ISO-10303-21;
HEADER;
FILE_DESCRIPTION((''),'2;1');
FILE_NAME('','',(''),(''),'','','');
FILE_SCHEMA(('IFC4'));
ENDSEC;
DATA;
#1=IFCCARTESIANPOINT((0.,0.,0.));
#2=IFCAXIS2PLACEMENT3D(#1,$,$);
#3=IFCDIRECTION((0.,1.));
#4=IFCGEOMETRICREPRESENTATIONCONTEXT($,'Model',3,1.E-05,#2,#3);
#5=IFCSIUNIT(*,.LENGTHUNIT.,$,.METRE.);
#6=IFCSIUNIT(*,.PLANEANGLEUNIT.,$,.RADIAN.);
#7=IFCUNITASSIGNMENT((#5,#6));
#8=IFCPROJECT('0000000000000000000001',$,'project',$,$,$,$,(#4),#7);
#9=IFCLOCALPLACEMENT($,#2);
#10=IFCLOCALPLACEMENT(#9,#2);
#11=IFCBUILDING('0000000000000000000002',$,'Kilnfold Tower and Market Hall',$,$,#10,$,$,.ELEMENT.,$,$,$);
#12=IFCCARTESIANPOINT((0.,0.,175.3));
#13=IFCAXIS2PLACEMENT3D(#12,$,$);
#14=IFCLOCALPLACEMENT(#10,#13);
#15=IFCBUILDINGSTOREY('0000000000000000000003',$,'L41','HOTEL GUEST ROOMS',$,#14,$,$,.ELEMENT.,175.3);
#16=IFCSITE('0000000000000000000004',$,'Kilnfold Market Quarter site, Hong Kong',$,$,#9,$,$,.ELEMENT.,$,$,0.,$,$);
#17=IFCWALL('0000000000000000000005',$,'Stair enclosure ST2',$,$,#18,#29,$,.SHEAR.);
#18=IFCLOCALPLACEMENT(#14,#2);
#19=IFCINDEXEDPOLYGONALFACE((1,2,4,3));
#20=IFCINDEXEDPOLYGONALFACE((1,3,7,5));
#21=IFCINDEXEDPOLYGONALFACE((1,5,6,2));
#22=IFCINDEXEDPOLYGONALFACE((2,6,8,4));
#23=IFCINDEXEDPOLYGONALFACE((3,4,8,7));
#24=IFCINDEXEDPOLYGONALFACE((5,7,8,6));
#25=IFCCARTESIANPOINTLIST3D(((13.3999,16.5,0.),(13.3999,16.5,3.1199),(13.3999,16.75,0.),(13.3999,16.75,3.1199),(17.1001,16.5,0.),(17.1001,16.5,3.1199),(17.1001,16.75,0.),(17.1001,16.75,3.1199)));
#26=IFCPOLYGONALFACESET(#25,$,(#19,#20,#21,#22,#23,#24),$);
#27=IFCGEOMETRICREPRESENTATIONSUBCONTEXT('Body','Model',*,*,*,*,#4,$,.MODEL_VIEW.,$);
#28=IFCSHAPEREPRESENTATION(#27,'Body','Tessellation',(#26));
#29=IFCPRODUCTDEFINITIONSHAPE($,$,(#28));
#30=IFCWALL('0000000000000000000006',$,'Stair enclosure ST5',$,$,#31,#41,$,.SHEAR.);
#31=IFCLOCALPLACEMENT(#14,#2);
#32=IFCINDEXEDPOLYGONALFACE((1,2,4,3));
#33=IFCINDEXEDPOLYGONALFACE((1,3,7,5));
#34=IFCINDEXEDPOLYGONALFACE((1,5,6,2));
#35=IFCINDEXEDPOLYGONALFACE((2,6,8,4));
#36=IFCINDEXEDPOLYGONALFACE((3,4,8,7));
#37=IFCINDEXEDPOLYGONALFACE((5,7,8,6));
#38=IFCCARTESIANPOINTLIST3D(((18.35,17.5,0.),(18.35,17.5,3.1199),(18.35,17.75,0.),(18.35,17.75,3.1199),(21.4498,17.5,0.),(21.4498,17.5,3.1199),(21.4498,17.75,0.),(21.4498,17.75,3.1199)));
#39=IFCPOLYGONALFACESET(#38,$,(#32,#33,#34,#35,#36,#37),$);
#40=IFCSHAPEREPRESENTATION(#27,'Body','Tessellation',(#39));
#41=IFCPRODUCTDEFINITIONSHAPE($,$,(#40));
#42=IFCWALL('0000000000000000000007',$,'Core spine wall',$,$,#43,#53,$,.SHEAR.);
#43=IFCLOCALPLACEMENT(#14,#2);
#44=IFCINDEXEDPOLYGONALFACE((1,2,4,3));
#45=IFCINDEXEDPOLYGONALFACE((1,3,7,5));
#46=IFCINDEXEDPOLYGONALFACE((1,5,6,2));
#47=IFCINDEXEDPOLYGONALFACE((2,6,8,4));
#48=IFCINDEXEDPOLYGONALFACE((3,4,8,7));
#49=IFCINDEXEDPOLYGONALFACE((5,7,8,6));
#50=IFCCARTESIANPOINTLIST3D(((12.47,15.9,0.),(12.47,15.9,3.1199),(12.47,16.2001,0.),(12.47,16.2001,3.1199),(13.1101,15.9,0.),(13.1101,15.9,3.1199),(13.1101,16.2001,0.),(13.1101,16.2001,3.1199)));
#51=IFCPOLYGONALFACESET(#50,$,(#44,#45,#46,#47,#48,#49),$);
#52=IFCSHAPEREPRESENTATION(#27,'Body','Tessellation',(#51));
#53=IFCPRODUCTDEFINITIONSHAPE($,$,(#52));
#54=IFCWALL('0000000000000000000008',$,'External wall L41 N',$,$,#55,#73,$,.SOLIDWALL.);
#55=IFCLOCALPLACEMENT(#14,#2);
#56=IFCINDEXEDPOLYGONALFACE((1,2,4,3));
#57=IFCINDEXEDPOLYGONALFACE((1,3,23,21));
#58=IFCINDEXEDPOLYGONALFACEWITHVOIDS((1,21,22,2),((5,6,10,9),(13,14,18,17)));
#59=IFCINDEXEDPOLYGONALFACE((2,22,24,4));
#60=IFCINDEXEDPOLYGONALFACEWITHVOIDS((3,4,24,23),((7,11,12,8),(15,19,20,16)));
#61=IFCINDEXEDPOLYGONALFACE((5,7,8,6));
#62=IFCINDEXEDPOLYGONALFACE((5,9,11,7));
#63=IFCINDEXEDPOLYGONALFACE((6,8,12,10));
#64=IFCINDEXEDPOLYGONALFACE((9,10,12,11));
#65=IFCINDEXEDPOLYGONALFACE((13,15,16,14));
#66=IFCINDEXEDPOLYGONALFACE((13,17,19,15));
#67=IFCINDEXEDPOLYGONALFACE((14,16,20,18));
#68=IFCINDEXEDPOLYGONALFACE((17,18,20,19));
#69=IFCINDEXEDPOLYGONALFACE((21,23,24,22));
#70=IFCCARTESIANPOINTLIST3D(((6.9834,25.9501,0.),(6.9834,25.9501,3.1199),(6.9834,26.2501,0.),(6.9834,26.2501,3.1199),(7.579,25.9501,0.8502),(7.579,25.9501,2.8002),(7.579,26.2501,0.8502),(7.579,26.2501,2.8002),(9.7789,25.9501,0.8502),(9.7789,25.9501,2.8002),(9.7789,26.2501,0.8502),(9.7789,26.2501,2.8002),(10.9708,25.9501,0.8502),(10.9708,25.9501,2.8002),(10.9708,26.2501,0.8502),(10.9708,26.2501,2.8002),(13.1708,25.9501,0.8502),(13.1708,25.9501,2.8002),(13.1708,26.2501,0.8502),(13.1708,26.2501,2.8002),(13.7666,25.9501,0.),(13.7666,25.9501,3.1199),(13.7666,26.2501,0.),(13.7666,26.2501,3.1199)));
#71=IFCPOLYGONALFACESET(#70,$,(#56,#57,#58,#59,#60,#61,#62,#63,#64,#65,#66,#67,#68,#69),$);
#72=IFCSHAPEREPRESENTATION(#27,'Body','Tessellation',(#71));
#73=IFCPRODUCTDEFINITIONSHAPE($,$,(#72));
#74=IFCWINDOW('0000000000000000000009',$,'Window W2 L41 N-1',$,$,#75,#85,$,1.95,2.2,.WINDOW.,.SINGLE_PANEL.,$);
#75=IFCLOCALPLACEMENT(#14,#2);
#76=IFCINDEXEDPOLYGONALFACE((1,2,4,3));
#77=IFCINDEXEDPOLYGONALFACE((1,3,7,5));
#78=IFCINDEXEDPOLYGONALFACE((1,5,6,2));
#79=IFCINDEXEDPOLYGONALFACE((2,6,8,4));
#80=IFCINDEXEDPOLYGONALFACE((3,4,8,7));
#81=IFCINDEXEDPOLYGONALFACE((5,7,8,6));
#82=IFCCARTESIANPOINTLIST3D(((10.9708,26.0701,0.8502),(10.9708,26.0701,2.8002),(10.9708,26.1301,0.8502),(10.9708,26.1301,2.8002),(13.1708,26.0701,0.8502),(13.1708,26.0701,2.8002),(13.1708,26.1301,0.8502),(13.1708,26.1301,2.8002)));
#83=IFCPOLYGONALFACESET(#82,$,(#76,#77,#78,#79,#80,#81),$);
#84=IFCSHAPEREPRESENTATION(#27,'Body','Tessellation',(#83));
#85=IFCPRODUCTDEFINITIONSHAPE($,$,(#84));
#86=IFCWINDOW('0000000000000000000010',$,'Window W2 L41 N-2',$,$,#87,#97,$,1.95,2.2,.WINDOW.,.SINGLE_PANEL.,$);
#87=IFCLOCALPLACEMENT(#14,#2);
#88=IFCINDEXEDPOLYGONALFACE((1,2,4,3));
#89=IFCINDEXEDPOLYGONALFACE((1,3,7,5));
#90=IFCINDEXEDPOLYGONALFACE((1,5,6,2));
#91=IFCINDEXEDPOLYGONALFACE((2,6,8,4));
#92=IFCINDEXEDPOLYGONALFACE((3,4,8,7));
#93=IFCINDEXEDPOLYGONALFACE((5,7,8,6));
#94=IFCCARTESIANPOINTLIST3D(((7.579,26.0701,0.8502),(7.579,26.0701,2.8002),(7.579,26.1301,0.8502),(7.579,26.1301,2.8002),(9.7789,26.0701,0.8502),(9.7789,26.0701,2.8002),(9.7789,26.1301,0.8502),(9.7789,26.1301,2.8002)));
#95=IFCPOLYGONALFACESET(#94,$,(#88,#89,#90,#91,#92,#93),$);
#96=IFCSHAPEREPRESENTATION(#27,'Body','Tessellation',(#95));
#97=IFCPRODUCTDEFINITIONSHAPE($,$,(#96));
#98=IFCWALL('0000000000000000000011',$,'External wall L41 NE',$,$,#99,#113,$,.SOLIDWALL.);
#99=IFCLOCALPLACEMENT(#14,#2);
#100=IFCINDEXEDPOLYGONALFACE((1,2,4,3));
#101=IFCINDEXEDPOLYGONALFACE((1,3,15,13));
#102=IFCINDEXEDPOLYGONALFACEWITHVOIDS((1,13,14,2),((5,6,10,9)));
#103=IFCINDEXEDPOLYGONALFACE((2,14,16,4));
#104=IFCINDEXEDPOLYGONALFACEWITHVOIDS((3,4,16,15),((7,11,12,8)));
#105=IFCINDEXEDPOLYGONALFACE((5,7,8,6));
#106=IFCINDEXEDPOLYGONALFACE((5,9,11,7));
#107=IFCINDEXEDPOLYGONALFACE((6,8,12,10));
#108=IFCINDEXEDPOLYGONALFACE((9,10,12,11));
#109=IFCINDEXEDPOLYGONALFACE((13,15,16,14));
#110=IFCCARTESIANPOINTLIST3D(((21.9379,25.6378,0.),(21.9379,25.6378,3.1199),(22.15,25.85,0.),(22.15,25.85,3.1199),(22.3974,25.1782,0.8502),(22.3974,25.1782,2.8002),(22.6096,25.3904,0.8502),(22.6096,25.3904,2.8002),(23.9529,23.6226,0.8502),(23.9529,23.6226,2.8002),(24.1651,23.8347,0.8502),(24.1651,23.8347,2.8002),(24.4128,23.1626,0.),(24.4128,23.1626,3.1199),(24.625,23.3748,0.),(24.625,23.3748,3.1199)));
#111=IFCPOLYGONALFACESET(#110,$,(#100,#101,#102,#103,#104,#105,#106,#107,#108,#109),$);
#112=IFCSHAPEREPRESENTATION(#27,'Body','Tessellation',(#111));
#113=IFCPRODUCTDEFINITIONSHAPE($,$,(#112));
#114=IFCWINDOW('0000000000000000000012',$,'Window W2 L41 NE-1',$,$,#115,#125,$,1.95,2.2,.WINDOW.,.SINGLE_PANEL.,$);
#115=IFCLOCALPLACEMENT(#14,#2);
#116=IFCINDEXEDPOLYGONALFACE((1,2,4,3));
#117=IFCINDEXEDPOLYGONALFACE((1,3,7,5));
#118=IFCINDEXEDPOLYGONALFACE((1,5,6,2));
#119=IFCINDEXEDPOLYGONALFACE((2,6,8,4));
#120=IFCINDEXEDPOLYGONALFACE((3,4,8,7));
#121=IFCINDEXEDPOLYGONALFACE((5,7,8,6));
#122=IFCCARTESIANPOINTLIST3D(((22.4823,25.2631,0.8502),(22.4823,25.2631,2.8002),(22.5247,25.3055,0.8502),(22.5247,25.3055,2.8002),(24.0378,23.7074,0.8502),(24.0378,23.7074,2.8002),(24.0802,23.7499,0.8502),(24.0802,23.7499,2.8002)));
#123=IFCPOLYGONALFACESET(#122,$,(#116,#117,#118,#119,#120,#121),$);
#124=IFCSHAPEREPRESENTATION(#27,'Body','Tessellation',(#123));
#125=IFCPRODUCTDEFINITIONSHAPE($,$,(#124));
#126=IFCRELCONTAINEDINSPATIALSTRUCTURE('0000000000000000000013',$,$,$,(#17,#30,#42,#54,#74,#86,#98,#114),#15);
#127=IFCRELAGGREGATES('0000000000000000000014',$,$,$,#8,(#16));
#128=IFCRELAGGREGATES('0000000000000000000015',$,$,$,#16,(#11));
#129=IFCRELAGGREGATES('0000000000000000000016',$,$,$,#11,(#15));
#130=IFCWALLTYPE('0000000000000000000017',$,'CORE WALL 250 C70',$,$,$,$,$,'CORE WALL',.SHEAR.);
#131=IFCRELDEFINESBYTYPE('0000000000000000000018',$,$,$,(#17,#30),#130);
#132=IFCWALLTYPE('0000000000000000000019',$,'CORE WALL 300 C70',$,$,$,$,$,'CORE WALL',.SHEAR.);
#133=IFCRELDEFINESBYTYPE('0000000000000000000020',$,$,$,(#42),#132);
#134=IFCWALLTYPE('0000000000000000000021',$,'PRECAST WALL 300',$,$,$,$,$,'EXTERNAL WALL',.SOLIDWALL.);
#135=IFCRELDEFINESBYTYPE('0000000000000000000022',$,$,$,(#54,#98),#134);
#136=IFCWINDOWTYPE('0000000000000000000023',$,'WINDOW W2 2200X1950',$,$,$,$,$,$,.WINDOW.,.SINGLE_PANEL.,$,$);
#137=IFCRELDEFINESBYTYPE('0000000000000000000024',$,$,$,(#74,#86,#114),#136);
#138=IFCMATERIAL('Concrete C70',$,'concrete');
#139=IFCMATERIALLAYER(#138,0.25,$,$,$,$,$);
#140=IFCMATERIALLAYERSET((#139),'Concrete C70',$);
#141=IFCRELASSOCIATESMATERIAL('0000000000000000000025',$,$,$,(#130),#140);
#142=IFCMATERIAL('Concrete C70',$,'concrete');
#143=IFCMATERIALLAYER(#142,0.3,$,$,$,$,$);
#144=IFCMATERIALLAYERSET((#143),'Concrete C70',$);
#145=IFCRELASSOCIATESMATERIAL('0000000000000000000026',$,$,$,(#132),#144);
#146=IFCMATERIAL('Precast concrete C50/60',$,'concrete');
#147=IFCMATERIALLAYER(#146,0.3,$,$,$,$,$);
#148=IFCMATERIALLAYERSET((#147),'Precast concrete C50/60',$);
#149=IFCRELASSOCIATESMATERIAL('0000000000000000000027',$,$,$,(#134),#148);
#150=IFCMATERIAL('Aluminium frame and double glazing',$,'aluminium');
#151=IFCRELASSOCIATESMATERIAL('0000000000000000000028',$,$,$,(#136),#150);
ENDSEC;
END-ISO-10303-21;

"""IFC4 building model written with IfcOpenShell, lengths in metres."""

from ifc_helpers import new_model, si_unit, direction, frame, frame_2d, origin, place, context, subcontext, project, spatial, rectangle, extrude, source, transform, mapped, material, layer, layer_set, type_object, element, fill, save


model = new_model("IFC4")

# Units and contexts
model_context = context("Model", 3, precision=1e-05, world=origin(), true_north=direction((0.0, 1.0)))
body_context = subcontext(model_context, "Body", "Model", "MODEL_VIEW")
ifc_project = project(units=[si_unit("LENGTHUNIT", "METRE"), si_unit("PLANEANGLEUNIT", "RADIAN")], contexts=[model_context])

# Site, building, storey
site_placement = place(None, origin())
site = spatial("IfcSite", under=ifc_project, at=site_placement, Name="Kilnfold Market Quarter site, Hong Kong", CompositionType="ELEMENT", RefElevation=0.0)
building_placement = place(site_placement, origin())
building = spatial("IfcBuilding", under=site, at=building_placement, Name="Kilnfold Tower and Market Hall", CompositionType="ELEMENT")
storey_placement = place(building_placement, frame((0.0, 0.0, 175.3)))
storey = spatial("IfcBuildingStorey", under=building, at=storey_placement, Name="L41", Description="HOTEL GUEST ROOMS", CompositionType="ELEMENT", Elevation=175.3)

# Walls
ifc_material_1 = material(Name="Concrete C70", Category="concrete")
ifc_layer_1 = layer(ifc_material_1, 0.25)
ifc_layer_set_1 = layer_set([ifc_layer_1], Name="Concrete C70")
wall_type_1 = type_object("IfcWallType", Name="CORE WALL 250 C70", ElementType="CORE WALL", PredefinedType="SHEAR", material=ifc_layer_set_1)
shared_shape_1 = source(origin(), body_context, "Body", "SweptSolid", [
    extrude(rectangle(XDim=3.7002, YDim=0.25, at=frame_2d((1.8501, 0.0))), origin(), (0.0, 0.0, 1.0), 3.1199),
])
wall_1_placement = place(storey_placement, frame((13.3999, 16.625, 0.0), z_axis=(0.0, 0.0, 1.0), x_axis=(1.0, 0.0, 0.0)))
element("IfcWall", 1, at=wall_1_placement, inside=storey, type_object=wall_type_1, Name="Stair enclosure ST2", PredefinedType="SHEAR", context=body_context, shape_type="MappedRepresentation", body=[
    mapped(shared_shape_1, transform((0.0, 0.0, 0.0))),
])
shared_shape_2 = source(origin(), body_context, "Body", "SweptSolid", [
    extrude(rectangle(XDim=3.0999, YDim=0.25, at=frame_2d((1.5498, 0.0))), origin(), (0.0, 0.0, 1.0), 3.1199),
])
wall_2_placement = place(storey_placement, frame((18.3501, 17.625, 0.0), z_axis=(0.0, 0.0, 1.0), x_axis=(1.0, 0.0, 0.0)))
element("IfcWall", 2, at=wall_2_placement, inside=storey, type_object=wall_type_1, Name="Stair enclosure ST5", PredefinedType="SHEAR", context=body_context, shape_type="MappedRepresentation", body=[
    mapped(shared_shape_2, transform((0.0, 0.0, 0.0))),
])
ifc_material_2 = material(Name="Concrete C70", Category="concrete")
ifc_layer_2 = layer(ifc_material_2, 0.3)
ifc_layer_set_2 = layer_set([ifc_layer_2], Name="Concrete C70")
wall_type_2 = type_object("IfcWallType", Name="CORE WALL 300 C70", ElementType="CORE WALL", PredefinedType="SHEAR", material=ifc_layer_set_2)
shared_shape_3 = source(origin(), body_context, "Body", "SweptSolid", [
    extrude(rectangle(XDim=0.6401, YDim=0.3, at=frame_2d((0.3201, 0.0))), origin(), (0.0, 0.0, 1.0), 3.1199),
])
wall_3_placement = place(storey_placement, frame((12.47, 16.05, 0.0), z_axis=(0.0, 0.0, 1.0), x_axis=(1.0, 0.0, 0.0)))
element("IfcWall", 3, at=wall_3_placement, inside=storey, type_object=wall_type_2, Name="Core spine wall", PredefinedType="SHEAR", context=body_context, shape_type="MappedRepresentation", body=[
    mapped(shared_shape_3, transform((0.0, 0.0, 0.0))),
])

# Wall, openings, windows
ifc_material_3 = material(Name="Precast concrete C50/60", Category="concrete")
ifc_layer_3 = layer(ifc_material_3, 0.3)
ifc_layer_set_3 = layer_set([ifc_layer_3], Name="Precast concrete C50/60")
wall_type_3 = type_object("IfcWallType", Name="PRECAST WALL 300", ElementType="EXTERNAL WALL", PredefinedType="SOLIDWALL", material=ifc_layer_set_3)
shared_shape_4 = source(origin(), body_context, "Body", "SweptSolid", [
    extrude(rectangle(XDim=6.7832, YDim=0.3, at=frame_2d((3.3916, 0.0))), origin(), (0.0, 0.0, 1.0), 3.1199),
])
wall_4_placement = place(storey_placement, frame((13.7666, 26.1001, 0.0), z_axis=(0.0, 0.0, 1.0), x_axis=(-1.0, 0.0, 0.0)))
wall_4 = element("IfcWall", 4, at=wall_4_placement, inside=storey, type_object=wall_type_3, Name="External wall L41 N", PredefinedType="SOLIDWALL", context=body_context, shape_type="MappedRepresentation", body=[
    mapped(shared_shape_4, transform((0.0, 0.0, 0.0))),
])
opening_1_placement = place(wall_4_placement, frame((0.5957, 0.0, 0.8501)))
opening_1 = element("IfcOpeningElement", 5, at=opening_1_placement, cuts=wall_4, PredefinedType="OPENING", context=body_context, shape_type="SweptSolid", body=[
    extrude(rectangle(XDim=2.2, YDim=1.95, at=frame_2d((1.1001, 0.9751))), frame((0.0, 0.1602, 0.0), z_axis=(0.0, -1.0, 0.0), x_axis=(1.0, 0.0, 0.0)), (0.0, 0.0, 1.0), 0.3201),
])
opening_2_placement = place(wall_4_placement, frame((3.9875, 0.0, 0.8501)))
opening_2 = element("IfcOpeningElement", 6, at=opening_2_placement, cuts=wall_4, PredefinedType="OPENING", context=body_context, shape_type="SweptSolid", body=[
    extrude(rectangle(XDim=2.2, YDim=1.95, at=frame_2d((1.1001, 0.9751))), frame((0.0, 0.1602, 0.0), z_axis=(0.0, -1.0, 0.0), x_axis=(1.0, 0.0, 0.0)), (0.0, 0.0, 1.0), 0.3201),
])
ifc_material_4 = material(Name="Aluminium frame and double glazing", Category="aluminium")
window_type = type_object("IfcWindowType", Name="WINDOW W2 2200X1950", PartitioningType="SINGLE_PANEL", PredefinedType="WINDOW", material=ifc_material_4)
window_1_placement = place(opening_1_placement, origin())
window_1 = element("IfcWindow", 7, at=window_1_placement, inside=storey, type_object=window_type, Name="Window W2 L41 N-1", OverallHeight=1.95, OverallWidth=2.2, PartitioningType="SINGLE_PANEL", PredefinedType="WINDOW", context=body_context, shape_type="SweptSolid", body=[
    extrude(rectangle(XDim=2.2, YDim=1.95, at=frame_2d((1.1001, 0.9751))), frame((0.0, 0.03, 0.0), z_axis=(0.0, -1.0, 0.0), x_axis=(1.0, 0.0, 0.0)), (0.0, 0.0, 1.0), 0.0601),
])
fill(opening_1, window_1)
window_2_placement = place(opening_2_placement, origin())
window_2 = element("IfcWindow", 8, at=window_2_placement, inside=storey, type_object=window_type, Name="Window W2 L41 N-2", OverallHeight=1.95, OverallWidth=2.2, PartitioningType="SINGLE_PANEL", PredefinedType="WINDOW", context=body_context, shape_type="SweptSolid", body=[
    extrude(rectangle(XDim=2.2, YDim=1.95, at=frame_2d((1.1001, 0.9751))), frame((0.0, 0.03, 0.0), z_axis=(0.0, -1.0, 0.0), x_axis=(1.0, 0.0, 0.0)), (0.0, 0.0, 1.0), 0.0601),
])
fill(opening_2, window_2)

# Wall, opening, window
shared_shape_5 = source(origin(), body_context, "Body", "SweptSolid", [
    extrude(rectangle(XDim=3.5002, YDim=0.3, at=frame_2d((1.75, 0.0))), origin(), (0.0, 0.0, 1.0), 3.1199),
])
wall_5_placement = place(storey_placement, frame((24.5188, 23.2688, 0.0), z_axis=(0.0, 0.0, 1.0), x_axis=(-0.707072, 0.707142, 0.0)))
wall_5 = element("IfcWall", 9, at=wall_5_placement, inside=storey, type_object=wall_type_3, Name="External wall L41 NE", PredefinedType="SOLIDWALL", context=body_context, shape_type="MappedRepresentation", body=[
    mapped(shared_shape_5, transform((0.0, 0.0, 0.0))),
])
opening_3_placement = place(wall_5_placement, frame((0.6501, 0.0, 0.8501)))
opening_3 = element("IfcOpeningElement", 10, at=opening_3_placement, cuts=wall_5, PredefinedType="OPENING", context=body_context, shape_type="SweptSolid", body=[
    extrude(rectangle(XDim=2.2, YDim=1.95, at=frame_2d((1.1001, 0.9751))), frame((0.0, 0.1602, 0.0), z_axis=(0.0, -1.0, 0.0), x_axis=(1.0, 0.0, 0.0)), (0.0, 0.0, 1.0), 0.3201),
])
window_3_placement = place(opening_3_placement, origin())
window_3 = element("IfcWindow", 11, at=window_3_placement, inside=storey, type_object=window_type, Name="Window W2 L41 NE-1", OverallHeight=1.95, OverallWidth=2.2, PartitioningType="SINGLE_PANEL", PredefinedType="WINDOW", context=body_context, shape_type="SweptSolid", body=[
    extrude(rectangle(XDim=2.2, YDim=1.95, at=frame_2d((1.1001, 0.9751))), frame((0.0, 0.03, 0.0), z_axis=(0.0, -1.0, 0.0), x_axis=(1.0, 0.0, 0.0)), (0.0, 0.0, 1.0), 0.0601),
])
fill(opening_3, window_3)

save(model, "model.ifc")
